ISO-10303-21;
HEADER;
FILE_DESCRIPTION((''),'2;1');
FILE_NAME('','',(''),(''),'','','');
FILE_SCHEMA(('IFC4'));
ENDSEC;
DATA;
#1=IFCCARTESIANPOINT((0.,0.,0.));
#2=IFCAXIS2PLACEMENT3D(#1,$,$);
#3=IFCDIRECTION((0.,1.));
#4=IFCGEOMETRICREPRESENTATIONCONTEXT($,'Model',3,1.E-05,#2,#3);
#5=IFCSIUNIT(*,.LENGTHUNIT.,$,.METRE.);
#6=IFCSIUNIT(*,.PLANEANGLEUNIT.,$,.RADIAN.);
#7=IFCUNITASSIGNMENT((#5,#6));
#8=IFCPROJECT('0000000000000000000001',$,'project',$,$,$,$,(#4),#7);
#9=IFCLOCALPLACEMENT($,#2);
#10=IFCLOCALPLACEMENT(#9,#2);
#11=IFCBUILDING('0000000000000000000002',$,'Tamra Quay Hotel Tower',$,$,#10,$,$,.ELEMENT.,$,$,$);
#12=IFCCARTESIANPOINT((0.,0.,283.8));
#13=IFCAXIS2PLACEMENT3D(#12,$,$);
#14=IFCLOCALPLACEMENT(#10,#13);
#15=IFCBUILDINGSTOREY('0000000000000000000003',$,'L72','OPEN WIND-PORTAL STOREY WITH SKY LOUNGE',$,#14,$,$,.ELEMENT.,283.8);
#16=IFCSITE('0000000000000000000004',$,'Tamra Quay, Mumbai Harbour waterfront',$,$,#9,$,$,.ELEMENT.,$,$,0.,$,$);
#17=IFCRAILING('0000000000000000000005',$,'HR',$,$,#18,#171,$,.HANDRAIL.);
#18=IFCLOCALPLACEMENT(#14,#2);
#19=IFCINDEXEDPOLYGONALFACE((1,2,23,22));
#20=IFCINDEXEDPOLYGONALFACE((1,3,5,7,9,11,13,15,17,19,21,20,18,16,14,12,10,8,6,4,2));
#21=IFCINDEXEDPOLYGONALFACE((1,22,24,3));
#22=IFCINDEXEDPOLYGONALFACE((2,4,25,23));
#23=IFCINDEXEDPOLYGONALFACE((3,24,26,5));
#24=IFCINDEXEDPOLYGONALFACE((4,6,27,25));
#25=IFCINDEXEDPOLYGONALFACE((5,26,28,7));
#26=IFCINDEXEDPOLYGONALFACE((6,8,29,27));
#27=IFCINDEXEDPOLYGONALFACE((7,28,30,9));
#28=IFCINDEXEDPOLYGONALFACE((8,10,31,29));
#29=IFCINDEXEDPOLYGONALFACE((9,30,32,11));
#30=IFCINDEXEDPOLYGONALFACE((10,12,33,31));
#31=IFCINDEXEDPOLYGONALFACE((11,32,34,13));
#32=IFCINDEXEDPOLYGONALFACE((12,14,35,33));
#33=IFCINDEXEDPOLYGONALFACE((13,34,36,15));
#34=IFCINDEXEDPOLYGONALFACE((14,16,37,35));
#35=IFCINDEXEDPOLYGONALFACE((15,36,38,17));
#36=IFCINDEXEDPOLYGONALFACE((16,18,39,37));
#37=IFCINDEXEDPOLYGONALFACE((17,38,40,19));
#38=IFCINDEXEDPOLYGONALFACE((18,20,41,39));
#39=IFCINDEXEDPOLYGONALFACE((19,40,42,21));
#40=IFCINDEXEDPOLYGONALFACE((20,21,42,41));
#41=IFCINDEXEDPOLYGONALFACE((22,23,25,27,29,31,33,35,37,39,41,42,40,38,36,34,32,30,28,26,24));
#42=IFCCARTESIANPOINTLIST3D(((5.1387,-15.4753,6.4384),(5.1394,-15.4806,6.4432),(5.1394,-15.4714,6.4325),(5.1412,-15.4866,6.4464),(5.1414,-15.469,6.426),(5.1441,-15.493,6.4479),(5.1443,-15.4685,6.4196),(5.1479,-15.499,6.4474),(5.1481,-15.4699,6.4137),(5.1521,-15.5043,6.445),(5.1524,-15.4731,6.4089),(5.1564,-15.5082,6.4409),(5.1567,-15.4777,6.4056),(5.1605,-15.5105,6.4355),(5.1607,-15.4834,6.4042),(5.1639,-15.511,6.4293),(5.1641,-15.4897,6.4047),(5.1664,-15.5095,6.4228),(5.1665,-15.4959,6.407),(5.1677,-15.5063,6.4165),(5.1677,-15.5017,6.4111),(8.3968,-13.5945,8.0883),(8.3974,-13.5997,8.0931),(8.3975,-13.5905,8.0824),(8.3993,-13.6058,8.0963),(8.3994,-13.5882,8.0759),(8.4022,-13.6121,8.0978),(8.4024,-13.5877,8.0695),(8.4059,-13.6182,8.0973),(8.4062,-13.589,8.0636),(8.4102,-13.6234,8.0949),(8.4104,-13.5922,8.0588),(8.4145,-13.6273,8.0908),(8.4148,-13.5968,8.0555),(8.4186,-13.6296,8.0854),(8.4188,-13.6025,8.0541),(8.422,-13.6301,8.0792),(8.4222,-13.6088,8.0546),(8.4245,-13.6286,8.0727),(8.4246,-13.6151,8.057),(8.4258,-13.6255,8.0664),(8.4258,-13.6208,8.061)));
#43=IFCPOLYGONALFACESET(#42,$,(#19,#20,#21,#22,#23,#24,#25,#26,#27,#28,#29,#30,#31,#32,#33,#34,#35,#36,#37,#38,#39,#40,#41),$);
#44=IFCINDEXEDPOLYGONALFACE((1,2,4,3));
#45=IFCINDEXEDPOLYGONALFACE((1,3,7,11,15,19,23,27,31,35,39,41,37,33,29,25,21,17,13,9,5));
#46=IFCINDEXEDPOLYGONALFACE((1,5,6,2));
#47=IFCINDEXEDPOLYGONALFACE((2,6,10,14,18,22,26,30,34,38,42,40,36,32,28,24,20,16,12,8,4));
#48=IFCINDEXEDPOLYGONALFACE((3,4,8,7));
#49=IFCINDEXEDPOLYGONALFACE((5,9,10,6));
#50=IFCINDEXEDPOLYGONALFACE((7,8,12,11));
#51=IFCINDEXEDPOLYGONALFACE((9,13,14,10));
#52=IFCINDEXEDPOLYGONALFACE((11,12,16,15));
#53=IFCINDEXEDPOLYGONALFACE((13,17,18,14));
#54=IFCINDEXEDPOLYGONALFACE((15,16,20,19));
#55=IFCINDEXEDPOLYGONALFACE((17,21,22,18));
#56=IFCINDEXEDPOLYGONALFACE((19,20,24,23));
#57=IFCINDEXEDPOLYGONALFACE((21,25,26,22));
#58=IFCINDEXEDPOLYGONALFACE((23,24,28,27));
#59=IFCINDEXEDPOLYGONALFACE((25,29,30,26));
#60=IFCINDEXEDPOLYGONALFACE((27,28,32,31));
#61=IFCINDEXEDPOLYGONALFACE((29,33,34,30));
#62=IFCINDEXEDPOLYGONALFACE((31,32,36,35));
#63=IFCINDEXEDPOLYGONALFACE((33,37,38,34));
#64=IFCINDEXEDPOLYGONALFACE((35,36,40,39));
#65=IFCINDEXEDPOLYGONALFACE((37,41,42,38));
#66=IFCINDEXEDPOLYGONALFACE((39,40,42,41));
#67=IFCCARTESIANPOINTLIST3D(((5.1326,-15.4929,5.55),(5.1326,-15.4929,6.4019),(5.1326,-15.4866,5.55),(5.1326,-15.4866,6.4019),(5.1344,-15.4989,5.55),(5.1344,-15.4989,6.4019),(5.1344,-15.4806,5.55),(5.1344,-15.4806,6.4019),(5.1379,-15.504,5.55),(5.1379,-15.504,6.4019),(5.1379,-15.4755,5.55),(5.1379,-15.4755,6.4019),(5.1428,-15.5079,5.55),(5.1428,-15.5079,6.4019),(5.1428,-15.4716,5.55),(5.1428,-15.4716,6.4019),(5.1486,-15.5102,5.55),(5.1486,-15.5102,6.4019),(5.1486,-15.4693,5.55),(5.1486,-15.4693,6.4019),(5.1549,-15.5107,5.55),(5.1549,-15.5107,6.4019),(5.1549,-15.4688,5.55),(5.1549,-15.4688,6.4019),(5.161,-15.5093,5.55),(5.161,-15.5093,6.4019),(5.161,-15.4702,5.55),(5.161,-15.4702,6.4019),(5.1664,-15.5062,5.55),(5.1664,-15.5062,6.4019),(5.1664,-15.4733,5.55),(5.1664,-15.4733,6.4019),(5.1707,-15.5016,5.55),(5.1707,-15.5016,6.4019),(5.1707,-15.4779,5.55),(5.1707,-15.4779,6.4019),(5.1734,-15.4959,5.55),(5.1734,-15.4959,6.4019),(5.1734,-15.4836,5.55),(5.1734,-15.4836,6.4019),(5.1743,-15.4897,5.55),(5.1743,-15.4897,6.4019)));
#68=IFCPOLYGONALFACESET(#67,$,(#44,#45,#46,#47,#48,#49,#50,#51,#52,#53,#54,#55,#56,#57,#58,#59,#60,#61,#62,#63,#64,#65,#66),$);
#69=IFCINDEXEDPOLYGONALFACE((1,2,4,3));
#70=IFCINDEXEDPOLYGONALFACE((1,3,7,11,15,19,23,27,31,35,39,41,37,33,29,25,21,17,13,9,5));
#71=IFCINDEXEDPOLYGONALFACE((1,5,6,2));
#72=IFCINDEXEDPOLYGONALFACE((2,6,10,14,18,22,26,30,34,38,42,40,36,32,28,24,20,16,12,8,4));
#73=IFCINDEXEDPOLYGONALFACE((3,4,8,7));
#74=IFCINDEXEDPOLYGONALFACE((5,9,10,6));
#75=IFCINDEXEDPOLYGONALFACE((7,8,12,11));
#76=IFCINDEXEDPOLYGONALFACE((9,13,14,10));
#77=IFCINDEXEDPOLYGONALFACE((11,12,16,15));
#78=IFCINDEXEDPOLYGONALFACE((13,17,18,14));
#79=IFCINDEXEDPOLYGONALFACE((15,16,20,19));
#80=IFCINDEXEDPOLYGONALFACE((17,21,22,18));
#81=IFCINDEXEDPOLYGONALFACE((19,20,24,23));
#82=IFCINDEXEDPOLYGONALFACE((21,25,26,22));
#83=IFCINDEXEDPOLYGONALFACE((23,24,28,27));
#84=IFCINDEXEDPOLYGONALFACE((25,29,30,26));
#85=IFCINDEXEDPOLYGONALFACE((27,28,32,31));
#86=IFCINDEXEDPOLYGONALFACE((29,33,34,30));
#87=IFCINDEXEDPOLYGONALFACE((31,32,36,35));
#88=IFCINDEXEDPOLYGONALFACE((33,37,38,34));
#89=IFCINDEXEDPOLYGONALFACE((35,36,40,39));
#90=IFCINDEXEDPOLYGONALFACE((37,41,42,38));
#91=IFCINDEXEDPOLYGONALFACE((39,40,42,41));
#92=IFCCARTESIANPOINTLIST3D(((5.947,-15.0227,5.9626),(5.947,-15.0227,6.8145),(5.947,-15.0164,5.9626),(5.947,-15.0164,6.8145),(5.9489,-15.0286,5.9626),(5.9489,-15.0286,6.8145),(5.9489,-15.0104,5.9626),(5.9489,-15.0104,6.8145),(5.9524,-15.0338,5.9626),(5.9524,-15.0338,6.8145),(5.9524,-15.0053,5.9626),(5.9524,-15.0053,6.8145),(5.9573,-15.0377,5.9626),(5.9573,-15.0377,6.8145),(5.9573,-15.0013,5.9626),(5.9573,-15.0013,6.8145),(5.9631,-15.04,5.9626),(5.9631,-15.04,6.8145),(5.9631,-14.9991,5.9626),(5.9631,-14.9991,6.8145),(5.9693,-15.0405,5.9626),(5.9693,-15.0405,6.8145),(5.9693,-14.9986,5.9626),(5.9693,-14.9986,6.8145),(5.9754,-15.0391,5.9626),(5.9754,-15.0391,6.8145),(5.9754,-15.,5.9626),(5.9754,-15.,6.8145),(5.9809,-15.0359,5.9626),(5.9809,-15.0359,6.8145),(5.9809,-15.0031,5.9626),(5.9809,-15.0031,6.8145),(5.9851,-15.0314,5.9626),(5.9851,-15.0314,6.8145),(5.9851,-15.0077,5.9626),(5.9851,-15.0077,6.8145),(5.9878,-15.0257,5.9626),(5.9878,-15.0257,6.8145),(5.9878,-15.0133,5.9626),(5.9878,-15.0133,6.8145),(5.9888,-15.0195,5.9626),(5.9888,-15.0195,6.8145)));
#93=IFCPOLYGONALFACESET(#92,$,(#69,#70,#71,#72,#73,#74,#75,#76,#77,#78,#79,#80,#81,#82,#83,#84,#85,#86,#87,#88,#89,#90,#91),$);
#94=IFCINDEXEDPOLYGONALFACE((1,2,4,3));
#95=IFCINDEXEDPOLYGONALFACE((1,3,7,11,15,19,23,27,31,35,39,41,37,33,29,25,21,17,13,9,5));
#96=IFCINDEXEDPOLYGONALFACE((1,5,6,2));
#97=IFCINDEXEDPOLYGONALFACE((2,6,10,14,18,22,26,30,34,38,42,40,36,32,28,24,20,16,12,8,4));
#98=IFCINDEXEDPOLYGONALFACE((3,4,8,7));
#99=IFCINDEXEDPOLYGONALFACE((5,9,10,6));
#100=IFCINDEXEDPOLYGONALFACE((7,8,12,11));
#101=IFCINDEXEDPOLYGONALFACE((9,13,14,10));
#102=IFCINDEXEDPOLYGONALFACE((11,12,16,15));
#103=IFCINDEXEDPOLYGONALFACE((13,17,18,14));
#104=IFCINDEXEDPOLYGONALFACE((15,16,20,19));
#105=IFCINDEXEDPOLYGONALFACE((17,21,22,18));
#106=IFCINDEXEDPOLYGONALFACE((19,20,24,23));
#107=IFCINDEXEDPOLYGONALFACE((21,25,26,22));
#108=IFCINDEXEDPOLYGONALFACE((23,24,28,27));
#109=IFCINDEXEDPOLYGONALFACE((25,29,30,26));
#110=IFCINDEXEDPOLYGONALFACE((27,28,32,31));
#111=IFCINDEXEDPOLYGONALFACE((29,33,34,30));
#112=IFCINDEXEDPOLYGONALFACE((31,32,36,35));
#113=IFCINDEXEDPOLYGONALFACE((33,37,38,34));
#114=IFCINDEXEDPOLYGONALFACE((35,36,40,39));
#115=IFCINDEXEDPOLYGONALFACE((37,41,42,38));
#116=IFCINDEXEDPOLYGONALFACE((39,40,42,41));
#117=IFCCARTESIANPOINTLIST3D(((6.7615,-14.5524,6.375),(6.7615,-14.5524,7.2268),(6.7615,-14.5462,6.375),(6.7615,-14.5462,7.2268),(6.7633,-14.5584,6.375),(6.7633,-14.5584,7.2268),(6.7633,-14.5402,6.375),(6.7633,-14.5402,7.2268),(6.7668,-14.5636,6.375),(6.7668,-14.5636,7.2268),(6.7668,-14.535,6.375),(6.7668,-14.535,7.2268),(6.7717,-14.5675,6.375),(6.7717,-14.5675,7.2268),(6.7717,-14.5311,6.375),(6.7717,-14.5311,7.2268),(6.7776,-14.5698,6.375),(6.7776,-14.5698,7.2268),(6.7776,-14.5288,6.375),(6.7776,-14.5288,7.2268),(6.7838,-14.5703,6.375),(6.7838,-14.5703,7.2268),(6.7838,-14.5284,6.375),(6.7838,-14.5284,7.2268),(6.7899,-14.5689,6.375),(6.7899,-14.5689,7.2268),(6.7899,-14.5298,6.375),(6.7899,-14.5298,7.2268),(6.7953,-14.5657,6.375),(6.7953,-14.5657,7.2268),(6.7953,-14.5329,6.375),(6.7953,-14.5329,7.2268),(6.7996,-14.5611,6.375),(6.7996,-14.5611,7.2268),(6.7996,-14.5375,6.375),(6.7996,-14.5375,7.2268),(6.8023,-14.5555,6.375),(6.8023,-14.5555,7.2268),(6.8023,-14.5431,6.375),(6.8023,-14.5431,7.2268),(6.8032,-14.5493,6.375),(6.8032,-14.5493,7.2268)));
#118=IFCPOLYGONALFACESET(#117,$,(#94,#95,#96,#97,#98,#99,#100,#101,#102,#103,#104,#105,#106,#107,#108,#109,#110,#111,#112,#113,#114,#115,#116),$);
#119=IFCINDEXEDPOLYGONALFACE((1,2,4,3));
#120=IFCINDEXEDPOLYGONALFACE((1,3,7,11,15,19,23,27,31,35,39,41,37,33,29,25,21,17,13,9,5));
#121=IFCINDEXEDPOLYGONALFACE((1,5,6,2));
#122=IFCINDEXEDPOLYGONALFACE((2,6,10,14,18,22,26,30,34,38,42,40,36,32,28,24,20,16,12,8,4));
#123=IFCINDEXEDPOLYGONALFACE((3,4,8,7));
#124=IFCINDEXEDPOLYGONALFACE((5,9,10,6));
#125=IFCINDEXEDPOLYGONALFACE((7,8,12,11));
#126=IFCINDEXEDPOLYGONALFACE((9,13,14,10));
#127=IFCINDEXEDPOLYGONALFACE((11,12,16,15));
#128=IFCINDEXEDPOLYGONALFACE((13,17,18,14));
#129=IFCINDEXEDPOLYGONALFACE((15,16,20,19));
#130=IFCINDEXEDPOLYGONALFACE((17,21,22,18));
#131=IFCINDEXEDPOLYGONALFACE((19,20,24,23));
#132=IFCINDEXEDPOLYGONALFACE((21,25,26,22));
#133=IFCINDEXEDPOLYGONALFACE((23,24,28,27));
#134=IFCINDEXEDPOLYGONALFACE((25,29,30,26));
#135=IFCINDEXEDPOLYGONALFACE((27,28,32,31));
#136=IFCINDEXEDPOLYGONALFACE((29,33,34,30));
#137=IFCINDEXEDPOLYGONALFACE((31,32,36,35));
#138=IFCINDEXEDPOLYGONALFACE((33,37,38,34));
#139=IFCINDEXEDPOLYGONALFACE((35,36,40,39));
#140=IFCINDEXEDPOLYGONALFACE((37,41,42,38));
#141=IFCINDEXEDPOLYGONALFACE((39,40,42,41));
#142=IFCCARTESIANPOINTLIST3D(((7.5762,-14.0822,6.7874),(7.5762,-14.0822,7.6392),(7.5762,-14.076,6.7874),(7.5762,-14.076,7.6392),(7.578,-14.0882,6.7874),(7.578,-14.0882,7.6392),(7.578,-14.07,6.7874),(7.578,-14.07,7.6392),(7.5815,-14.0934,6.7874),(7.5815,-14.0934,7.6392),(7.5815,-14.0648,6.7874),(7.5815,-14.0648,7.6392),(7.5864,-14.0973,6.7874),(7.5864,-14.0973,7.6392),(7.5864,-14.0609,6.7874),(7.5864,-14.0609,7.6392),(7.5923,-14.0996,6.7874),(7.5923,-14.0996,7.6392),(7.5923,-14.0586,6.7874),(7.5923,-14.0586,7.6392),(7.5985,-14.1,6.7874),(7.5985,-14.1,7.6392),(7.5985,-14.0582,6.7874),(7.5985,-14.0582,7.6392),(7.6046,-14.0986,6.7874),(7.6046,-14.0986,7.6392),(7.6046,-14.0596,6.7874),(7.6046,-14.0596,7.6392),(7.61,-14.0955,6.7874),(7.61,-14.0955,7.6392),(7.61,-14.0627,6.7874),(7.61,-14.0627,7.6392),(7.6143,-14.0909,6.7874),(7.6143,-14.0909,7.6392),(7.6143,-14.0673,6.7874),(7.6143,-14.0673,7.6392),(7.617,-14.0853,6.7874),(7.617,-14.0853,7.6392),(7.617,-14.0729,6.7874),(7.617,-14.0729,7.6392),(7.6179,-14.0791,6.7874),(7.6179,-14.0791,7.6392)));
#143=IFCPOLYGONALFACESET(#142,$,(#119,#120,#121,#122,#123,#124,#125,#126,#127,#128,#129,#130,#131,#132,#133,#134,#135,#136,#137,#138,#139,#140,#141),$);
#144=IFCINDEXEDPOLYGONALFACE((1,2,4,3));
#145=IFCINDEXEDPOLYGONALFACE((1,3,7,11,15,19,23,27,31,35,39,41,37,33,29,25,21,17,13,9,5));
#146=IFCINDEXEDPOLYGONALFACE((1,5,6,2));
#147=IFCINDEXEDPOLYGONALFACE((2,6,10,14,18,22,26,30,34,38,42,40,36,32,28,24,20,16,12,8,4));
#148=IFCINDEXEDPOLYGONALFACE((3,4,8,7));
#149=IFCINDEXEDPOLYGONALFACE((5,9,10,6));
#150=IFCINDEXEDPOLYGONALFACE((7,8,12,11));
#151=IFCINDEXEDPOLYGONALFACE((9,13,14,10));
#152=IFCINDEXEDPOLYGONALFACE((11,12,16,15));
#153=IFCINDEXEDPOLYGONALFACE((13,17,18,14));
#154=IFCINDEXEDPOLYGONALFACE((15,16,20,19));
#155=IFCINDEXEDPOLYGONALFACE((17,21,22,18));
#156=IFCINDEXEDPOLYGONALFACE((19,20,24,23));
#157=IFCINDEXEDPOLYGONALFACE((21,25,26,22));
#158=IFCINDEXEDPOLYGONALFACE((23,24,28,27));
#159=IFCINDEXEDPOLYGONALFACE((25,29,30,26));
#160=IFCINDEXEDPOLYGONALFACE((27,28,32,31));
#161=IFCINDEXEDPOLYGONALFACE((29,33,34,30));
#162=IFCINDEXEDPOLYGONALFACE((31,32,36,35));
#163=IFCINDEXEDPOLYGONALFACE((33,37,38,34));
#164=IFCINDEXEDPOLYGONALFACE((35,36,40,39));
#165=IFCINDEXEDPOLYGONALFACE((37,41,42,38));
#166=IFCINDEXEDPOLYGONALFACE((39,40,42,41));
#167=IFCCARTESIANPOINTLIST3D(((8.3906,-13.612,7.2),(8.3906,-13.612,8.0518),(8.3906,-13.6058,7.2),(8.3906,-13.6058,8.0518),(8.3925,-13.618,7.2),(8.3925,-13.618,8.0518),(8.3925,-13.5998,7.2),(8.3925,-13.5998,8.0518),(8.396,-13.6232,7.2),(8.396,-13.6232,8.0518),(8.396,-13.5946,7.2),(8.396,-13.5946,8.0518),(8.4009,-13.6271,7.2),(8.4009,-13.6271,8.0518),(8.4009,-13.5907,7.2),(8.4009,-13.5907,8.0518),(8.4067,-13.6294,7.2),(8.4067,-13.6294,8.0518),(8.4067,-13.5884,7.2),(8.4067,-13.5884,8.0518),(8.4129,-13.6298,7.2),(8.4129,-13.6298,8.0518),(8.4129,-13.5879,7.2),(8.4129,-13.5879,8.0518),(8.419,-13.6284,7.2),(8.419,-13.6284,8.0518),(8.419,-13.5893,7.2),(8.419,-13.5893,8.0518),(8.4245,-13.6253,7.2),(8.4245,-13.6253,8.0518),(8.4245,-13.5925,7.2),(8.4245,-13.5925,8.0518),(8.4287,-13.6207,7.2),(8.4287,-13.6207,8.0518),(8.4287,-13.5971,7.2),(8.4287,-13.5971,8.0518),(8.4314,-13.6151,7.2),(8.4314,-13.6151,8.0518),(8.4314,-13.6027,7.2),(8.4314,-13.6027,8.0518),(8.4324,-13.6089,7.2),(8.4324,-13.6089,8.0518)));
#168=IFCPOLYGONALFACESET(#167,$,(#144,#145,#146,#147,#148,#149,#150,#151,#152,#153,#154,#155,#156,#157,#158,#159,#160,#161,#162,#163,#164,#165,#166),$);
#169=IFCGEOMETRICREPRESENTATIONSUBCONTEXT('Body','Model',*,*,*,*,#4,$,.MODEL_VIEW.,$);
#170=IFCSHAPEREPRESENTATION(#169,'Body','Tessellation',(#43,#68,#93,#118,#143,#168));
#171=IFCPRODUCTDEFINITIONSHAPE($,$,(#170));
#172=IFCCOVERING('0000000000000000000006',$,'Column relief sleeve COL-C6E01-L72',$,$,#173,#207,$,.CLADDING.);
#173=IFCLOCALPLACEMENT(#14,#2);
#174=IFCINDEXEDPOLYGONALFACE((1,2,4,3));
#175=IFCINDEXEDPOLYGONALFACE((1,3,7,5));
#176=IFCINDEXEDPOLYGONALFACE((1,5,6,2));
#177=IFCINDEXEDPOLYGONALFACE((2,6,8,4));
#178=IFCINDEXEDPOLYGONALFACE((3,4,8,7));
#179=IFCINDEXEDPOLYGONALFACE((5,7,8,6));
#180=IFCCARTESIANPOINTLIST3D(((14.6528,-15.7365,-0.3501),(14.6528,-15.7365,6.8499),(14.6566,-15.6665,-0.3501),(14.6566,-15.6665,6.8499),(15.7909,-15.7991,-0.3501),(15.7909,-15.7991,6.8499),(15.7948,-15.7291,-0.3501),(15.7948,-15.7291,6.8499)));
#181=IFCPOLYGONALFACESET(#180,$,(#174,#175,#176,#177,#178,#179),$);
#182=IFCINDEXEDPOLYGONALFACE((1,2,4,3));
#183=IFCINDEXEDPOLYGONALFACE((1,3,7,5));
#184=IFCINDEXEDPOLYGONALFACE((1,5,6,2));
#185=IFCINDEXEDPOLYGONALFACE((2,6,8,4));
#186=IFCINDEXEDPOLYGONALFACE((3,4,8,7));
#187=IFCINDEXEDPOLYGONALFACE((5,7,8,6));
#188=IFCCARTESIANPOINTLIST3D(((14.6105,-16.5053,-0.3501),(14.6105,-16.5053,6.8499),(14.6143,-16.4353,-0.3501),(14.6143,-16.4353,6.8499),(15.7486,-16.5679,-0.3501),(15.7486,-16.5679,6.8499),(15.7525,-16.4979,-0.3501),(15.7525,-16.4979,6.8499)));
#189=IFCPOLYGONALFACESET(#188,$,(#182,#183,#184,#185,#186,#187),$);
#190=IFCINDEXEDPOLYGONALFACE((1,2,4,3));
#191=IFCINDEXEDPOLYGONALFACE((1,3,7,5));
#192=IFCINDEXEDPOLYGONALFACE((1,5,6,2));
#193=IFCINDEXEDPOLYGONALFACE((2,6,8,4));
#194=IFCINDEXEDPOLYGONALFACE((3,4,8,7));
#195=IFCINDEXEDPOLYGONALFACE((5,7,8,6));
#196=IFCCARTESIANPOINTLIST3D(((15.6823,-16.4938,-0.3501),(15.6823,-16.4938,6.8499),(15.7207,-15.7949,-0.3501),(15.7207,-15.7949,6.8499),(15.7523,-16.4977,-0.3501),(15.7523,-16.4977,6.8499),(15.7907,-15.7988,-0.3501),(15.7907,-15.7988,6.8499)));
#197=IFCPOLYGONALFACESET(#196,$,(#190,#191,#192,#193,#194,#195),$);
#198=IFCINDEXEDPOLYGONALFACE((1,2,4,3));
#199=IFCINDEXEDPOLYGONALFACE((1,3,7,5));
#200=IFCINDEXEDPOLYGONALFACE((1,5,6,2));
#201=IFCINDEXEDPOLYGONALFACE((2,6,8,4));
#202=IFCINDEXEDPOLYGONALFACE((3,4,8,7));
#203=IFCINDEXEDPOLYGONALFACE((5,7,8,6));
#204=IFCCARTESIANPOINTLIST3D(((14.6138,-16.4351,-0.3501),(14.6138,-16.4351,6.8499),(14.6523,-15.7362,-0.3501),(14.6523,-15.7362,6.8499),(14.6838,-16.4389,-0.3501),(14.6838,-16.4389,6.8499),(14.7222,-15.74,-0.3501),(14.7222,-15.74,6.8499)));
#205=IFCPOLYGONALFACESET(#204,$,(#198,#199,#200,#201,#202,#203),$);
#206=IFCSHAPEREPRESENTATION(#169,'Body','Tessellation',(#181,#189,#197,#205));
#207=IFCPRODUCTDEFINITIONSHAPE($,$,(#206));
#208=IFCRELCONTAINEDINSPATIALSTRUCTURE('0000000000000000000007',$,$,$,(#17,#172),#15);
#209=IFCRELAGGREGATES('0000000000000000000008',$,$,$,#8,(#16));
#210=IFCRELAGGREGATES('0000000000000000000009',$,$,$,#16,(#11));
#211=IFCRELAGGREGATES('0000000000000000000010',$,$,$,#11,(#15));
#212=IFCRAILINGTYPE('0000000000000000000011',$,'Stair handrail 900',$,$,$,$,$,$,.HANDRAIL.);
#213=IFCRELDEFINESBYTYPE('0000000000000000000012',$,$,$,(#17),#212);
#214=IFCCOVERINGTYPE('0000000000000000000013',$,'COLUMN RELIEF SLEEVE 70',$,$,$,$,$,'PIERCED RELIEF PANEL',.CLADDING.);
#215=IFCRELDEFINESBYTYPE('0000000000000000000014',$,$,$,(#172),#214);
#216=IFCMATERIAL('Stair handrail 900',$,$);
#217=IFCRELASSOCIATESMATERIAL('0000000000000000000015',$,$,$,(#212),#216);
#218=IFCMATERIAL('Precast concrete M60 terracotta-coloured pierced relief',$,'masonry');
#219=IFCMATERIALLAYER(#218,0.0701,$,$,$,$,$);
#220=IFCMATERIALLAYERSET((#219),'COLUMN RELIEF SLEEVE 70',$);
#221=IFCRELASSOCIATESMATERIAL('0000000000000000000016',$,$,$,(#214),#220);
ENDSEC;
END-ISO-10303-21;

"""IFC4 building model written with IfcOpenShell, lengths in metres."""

from ifc_helpers import new_model, si_unit, direction, frame, frame_2d, origin, origin_2d, place, context, subcontext, project, spatial, rectangle, circle, extrude, source, transform, mapped, material, layer, layer_set, type_object, element, save


model = new_model("IFC4")

# Units and contexts
model_context = context("Model", 3, precision=1e-05, world=origin(), true_north=direction((0.0, 1.0)))
body_context = subcontext(model_context, "Body", "Model", "MODEL_VIEW")
ifc_project = project(units=[si_unit("LENGTHUNIT", "METRE"), si_unit("PLANEANGLEUNIT", "RADIAN")], contexts=[model_context])

# Site, building, storey
site_placement = place(None, origin())
site = spatial("IfcSite", under=ifc_project, at=site_placement, Name="Tamra Quay, Mumbai Harbour waterfront", CompositionType="ELEMENT", RefElevation=0.0)
building_placement = place(site_placement, origin())
building = spatial("IfcBuilding", under=site, at=building_placement, Name="Tamra Quay Hotel Tower", CompositionType="ELEMENT")
storey_placement = place(building_placement, frame((0.0, 0.0, 283.8)))
storey = spatial("IfcBuildingStorey", under=building, at=storey_placement, Name="L72", Description="OPEN WIND-PORTAL STOREY WITH SKY LOUNGE", CompositionType="ELEMENT", Elevation=283.8)

# Shared definitions
ifc_material_1 = material(Name="Precast concrete M60 terracotta-coloured pierced relief", Category="masonry")

# Railing
ifc_material_2 = material(Name="Stair handrail 900")
railing_type_1 = type_object("IfcRailingType", Name="Stair handrail 900", PredefinedType="HANDRAIL", material=ifc_material_2)
for number, where, name in (
    (1, (5.1533, -15.4897, 5.55), "HR"),
):
    element("IfcRailing", number, at=place(storey_placement, frame(where)), inside=storey, type_object=railing_type_1, Name=name, PredefinedType="HANDRAIL", context=body_context, shape_type="SweptSolid", body=[
        extrude(circle(Radius=0.0239, at=origin_2d()), frame((0.0, 0.0, 0.876), z_axis=(0.793122, 0.457865, 0.401642), x_axis=(-0.499964, 0.866046, 0.0)), (0.0, 0.0, 1.0), 4.1079),
        extrude(circle(Radius=0.021, at=origin_2d()), origin(), (0.0, 0.0, 1.0), 0.8518),
        extrude(circle(Radius=0.021, at=origin_2d()), frame((0.8145, 0.4702, 0.4126)), (0.0, 0.0, 1.0), 0.8518),
        extrude(circle(Radius=0.021, at=origin_2d()), frame((1.6289, 0.9404, 0.825)), (0.0, 0.0, 1.0), 0.8518),
        extrude(circle(Radius=0.021, at=origin_2d()), frame((2.4436, 1.4106, 1.2373)), (0.0, 0.0, 1.0), 0.8518),
        extrude(circle(Radius=0.021, at=origin_2d()), frame((3.2581, 1.8809, 1.6499)), (0.0, 0.0, 1.0), 0.8518),
    ])

# Covering
ifc_layer_1 = layer(ifc_material_1, 0.0701)
ifc_layer_set_1 = layer_set([ifc_layer_1], Name="COLUMN RELIEF SLEEVE 70")
covering_type_1 = type_object("IfcCoveringType", Name="COLUMN RELIEF SLEEVE 70", ElementType="PIERCED RELIEF PANEL", PredefinedType="CLADDING", material=ifc_layer_set_1)
shared_shape_1 = source(origin(), body_context, "Body", "SweptSolid", [
    extrude(rectangle(XDim=1.1399, YDim=0.0701, at=frame_2d((0.5698, 0.0352))), frame((-0.5701, -0.4199, 0.0)), (0.0, 0.0, 1.0), 7.2),
    extrude(rectangle(XDim=1.1399, YDim=0.0701, at=frame_2d((0.5698, 0.0352))), frame((-0.5701, 0.3501, 0.0)), (0.0, 0.0, 1.0), 7.2),
    extrude(rectangle(XDim=0.0701, YDim=0.7, at=frame_2d((0.0352, 0.3501))), frame((-0.5701, -0.3501, 0.0)), (0.0, 0.0, 1.0), 7.2),
    extrude(rectangle(XDim=0.0701, YDim=0.7, at=frame_2d((0.0352, 0.3501))), frame((0.5, -0.3501, 0.0)), (0.0, 0.0, 1.0), 7.2),
])
for number, where, z_axis, x_axis, name in (
    (2, (15.2024, -16.1169, -0.3501), (0.0, 0.0, 1.0), (-0.998491, 0.054917, 0.0), "Column relief sleeve COL-C6E01-L72"),
):
    element("IfcCovering", number, at=place(storey_placement, frame(where, z_axis=z_axis, x_axis=x_axis)), inside=storey, type_object=covering_type_1, Name=name, PredefinedType="CLADDING", context=body_context, shape_type="MappedRepresentation", body=[
        mapped(shared_shape_1, transform((0.0, 0.0, 0.0), scale=1.0)),
    ])

save(model, "model.ifc")
